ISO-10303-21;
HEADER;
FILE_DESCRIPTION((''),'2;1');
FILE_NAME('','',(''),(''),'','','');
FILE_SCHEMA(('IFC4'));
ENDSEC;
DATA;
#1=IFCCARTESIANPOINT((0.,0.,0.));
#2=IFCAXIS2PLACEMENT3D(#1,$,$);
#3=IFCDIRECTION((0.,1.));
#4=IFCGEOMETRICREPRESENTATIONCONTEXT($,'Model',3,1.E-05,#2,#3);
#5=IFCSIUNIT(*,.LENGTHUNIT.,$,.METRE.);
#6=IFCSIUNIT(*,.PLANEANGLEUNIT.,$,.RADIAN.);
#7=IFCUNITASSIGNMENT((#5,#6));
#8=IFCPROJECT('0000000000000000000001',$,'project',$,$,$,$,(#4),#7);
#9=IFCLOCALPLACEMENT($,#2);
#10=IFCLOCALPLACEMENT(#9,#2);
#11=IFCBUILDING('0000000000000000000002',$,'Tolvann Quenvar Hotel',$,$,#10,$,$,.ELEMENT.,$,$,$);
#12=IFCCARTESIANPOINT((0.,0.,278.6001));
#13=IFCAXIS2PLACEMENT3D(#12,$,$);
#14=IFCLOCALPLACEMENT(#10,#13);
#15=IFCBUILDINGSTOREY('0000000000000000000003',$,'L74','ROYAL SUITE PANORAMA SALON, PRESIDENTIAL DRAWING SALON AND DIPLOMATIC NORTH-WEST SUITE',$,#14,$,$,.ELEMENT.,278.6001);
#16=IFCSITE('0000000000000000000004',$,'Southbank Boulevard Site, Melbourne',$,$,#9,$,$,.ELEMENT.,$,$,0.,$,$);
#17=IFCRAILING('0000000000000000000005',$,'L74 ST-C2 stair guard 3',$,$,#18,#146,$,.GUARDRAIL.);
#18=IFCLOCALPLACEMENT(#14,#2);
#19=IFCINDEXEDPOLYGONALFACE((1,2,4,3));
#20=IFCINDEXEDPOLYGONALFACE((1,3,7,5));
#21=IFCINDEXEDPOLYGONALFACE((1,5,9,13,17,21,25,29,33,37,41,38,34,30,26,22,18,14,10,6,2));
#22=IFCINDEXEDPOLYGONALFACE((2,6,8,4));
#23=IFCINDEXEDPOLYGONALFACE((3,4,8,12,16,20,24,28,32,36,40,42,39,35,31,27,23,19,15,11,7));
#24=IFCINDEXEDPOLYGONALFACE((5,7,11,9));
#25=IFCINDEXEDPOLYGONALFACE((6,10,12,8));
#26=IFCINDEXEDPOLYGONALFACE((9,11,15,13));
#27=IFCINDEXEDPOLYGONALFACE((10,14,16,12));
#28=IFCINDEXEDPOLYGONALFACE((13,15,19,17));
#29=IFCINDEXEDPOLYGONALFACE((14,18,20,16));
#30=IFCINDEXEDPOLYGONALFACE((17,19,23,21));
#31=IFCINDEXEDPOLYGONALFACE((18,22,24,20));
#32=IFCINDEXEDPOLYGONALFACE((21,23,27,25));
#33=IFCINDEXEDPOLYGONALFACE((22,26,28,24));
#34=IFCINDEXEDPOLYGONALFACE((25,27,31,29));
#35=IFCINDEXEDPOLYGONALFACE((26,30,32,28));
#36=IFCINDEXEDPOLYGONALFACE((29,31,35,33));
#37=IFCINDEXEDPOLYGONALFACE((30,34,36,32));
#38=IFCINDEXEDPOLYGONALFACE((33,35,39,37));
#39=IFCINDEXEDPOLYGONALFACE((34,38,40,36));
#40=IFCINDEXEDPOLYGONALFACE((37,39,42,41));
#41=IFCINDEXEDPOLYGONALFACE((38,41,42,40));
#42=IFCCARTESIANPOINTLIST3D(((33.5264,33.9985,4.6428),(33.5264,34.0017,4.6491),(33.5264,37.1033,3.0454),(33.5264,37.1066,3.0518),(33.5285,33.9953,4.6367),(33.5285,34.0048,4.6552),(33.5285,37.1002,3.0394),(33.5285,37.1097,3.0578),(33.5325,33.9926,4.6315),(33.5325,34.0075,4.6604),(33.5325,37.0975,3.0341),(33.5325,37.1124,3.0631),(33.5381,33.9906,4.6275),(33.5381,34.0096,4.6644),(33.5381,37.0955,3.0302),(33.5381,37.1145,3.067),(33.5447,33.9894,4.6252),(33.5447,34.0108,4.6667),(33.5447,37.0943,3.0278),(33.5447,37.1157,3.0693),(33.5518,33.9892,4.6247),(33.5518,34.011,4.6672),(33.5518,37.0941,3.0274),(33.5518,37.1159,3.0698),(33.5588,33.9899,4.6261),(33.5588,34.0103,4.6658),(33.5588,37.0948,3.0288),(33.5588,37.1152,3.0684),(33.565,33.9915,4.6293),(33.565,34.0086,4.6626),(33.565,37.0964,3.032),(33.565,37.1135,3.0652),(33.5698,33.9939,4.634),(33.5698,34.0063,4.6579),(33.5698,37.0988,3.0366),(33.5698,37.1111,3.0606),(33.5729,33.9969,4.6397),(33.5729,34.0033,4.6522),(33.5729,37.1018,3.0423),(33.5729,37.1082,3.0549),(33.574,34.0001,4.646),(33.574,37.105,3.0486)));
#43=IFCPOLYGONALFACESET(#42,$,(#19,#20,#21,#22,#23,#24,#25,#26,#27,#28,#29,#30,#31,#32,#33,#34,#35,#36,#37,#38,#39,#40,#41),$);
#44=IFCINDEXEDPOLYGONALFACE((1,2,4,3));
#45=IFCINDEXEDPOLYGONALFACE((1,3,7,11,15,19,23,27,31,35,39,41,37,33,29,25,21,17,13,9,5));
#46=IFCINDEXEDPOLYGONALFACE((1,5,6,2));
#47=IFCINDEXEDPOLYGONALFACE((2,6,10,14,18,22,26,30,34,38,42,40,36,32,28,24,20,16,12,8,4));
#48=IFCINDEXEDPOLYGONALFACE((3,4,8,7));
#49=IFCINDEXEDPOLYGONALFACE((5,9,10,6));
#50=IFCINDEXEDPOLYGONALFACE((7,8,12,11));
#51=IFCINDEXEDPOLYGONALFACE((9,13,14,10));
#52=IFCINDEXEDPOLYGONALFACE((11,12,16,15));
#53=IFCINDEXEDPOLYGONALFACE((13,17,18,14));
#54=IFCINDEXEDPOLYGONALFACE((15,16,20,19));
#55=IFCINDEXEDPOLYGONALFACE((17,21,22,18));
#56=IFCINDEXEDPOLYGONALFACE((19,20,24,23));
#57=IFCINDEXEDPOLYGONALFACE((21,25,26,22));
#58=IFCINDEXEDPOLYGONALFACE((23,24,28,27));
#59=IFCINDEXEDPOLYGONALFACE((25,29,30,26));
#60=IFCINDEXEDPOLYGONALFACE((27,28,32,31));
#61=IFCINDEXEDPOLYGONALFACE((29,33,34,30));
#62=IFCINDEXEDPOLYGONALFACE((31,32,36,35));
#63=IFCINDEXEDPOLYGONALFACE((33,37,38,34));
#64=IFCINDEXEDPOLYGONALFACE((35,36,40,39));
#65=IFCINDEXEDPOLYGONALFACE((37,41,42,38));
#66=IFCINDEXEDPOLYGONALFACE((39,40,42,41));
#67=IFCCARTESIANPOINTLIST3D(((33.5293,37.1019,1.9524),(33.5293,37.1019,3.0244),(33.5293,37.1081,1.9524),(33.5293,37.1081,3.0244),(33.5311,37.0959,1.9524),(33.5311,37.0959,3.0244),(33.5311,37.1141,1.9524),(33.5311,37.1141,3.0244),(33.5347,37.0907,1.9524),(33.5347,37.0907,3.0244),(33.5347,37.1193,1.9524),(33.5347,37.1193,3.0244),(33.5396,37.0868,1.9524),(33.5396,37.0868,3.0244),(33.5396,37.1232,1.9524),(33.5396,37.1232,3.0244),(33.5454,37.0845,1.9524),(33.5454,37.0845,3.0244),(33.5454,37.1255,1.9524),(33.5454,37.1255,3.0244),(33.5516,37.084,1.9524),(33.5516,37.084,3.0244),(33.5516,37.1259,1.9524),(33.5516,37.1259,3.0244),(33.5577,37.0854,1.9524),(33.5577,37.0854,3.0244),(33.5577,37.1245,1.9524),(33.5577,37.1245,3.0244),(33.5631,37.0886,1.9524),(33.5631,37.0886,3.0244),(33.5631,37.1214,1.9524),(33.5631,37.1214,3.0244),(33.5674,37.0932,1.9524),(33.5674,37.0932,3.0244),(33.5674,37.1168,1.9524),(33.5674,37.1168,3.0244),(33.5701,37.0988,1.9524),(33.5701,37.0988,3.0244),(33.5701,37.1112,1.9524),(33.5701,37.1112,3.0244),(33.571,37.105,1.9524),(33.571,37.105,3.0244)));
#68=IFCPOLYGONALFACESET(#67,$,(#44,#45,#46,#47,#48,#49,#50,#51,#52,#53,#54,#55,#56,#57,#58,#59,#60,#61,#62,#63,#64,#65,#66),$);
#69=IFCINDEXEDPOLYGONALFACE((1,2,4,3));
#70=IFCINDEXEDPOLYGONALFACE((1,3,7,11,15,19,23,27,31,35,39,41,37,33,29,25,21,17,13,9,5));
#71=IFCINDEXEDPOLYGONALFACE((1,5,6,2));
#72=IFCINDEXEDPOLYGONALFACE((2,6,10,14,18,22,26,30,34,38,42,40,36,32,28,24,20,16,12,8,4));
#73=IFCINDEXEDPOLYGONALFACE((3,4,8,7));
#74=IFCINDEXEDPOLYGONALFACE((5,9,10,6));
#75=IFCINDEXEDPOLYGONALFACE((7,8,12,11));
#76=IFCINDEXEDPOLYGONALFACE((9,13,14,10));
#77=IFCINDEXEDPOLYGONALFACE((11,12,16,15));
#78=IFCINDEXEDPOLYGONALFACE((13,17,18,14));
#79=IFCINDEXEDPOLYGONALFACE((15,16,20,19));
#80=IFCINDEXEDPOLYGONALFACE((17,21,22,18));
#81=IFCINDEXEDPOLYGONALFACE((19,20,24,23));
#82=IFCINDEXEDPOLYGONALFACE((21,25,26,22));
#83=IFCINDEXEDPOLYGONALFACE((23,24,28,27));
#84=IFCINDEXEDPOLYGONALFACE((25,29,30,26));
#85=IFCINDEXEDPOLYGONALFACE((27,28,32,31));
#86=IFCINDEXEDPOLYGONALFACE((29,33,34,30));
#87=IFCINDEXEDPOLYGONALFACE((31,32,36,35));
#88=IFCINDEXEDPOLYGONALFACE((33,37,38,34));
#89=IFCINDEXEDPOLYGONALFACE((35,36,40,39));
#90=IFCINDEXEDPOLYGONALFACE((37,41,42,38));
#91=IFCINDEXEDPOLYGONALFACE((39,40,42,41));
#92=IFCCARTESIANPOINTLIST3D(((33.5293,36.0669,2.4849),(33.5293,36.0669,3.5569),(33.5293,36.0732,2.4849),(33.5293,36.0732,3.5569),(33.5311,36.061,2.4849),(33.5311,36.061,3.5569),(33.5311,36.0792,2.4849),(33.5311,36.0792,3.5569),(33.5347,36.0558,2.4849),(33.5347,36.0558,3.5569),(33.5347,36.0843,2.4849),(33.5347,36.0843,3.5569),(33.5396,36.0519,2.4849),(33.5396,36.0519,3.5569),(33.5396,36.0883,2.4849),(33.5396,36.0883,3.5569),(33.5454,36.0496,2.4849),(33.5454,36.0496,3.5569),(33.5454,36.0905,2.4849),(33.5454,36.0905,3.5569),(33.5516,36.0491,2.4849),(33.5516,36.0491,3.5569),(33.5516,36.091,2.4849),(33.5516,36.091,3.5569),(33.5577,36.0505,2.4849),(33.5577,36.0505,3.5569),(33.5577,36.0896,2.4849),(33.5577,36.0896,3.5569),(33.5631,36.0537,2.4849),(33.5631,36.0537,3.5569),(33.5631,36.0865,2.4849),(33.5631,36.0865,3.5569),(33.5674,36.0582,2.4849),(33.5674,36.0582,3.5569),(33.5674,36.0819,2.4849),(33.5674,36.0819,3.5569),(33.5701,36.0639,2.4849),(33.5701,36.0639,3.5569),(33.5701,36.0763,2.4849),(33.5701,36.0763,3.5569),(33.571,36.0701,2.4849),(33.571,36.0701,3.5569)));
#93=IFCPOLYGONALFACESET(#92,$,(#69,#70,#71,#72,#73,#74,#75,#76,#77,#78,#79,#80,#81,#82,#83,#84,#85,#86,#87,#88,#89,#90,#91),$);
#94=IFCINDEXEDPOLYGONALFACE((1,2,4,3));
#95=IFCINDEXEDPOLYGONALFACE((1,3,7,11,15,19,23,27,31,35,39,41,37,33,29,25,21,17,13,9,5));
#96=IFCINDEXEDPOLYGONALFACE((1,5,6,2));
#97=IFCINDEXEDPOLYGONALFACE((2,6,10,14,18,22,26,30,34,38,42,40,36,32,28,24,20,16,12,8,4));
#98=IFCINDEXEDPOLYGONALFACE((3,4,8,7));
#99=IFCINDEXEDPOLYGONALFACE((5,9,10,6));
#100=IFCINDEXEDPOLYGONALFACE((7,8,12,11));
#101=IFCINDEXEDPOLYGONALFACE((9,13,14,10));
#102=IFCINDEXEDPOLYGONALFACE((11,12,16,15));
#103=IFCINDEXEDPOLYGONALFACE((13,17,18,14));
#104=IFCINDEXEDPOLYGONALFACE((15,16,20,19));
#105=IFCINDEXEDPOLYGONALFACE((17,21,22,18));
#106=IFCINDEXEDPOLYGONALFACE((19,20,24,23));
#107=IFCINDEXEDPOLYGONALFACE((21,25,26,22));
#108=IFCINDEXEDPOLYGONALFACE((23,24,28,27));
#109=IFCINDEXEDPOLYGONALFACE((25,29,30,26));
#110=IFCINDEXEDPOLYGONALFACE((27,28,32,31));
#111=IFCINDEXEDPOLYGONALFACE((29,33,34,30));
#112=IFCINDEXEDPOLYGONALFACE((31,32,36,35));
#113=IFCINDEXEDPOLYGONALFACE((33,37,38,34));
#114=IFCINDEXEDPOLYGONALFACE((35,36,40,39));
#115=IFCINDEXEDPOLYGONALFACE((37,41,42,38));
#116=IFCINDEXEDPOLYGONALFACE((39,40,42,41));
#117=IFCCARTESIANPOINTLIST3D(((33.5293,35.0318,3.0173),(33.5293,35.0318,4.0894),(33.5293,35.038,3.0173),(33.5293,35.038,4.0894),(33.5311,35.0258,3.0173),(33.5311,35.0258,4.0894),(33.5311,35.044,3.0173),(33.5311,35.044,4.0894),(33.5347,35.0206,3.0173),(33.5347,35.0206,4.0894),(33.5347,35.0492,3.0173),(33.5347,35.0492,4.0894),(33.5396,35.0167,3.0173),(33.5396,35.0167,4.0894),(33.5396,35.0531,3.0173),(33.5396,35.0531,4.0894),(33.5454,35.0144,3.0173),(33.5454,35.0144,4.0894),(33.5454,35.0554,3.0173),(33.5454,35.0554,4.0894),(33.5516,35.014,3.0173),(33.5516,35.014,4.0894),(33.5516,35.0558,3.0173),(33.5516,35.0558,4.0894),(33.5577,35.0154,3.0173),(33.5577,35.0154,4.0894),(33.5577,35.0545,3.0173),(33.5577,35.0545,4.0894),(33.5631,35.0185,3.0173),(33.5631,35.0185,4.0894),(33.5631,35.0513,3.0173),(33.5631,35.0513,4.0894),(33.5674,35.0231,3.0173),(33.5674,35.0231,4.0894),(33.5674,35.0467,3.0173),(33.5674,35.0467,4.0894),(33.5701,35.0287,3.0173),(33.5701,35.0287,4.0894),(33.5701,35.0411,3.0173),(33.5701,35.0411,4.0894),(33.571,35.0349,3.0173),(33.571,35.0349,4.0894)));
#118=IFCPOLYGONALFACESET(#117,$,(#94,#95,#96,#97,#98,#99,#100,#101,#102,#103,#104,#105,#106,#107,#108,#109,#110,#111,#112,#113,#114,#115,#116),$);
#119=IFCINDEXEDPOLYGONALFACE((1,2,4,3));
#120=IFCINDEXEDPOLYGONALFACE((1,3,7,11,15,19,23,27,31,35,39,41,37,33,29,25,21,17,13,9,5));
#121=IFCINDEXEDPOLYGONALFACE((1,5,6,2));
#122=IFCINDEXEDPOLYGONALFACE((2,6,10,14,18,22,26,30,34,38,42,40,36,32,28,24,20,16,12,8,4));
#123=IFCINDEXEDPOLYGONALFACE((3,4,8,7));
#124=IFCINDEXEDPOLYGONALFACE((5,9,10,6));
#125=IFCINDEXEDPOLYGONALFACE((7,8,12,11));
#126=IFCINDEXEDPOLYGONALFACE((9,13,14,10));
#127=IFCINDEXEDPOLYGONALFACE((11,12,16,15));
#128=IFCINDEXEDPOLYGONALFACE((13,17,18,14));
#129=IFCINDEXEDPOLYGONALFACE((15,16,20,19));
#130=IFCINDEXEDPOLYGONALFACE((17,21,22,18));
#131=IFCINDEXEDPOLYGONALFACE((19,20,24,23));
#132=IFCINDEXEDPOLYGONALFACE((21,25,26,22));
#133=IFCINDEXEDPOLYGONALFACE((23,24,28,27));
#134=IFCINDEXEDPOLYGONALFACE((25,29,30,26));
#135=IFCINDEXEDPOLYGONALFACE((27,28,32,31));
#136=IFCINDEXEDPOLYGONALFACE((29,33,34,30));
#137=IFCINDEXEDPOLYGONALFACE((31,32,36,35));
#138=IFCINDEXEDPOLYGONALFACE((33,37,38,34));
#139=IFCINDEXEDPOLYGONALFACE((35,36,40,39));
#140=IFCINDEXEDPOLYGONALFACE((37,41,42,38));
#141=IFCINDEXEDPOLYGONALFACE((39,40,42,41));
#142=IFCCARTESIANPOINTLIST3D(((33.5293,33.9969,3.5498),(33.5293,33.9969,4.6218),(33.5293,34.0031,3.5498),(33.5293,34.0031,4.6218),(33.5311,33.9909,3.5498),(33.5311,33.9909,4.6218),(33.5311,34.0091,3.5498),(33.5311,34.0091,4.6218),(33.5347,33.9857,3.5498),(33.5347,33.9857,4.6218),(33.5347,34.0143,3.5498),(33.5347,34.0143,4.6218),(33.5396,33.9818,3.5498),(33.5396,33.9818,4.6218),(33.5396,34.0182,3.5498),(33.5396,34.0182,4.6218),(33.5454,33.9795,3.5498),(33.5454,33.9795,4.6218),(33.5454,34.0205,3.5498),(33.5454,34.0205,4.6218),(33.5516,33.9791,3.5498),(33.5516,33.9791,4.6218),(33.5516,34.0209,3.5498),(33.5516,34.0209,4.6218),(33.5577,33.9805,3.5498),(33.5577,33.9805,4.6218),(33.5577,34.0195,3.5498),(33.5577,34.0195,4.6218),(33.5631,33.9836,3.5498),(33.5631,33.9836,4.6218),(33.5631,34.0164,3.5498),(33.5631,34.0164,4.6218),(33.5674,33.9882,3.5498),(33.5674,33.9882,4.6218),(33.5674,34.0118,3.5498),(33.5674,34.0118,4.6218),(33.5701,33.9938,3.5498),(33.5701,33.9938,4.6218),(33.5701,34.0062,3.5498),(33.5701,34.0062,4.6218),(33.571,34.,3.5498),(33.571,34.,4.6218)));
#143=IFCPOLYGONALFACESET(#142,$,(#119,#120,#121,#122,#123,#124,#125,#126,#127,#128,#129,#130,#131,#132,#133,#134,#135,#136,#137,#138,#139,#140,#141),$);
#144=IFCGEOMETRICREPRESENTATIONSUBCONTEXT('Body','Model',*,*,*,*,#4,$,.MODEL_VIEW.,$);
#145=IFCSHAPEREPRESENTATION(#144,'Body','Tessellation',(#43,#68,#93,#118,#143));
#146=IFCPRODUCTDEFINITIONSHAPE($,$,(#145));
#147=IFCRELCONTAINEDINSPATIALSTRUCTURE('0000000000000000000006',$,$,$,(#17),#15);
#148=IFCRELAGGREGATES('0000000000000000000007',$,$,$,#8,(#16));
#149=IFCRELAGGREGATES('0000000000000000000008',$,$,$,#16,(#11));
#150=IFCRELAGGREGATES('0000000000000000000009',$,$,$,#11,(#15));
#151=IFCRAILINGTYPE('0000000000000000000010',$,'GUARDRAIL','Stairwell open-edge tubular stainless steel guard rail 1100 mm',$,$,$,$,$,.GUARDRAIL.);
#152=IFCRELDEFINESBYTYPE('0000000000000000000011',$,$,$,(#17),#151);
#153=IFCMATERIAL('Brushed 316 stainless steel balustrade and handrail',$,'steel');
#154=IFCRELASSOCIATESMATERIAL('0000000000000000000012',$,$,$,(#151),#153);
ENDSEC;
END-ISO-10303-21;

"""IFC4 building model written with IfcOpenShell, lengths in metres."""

from ifc_helpers import new_model, si_unit, direction, frame, origin, origin_2d, place, context, subcontext, project, spatial, circle, extrude, material, type_object, element, save


model = new_model("IFC4")

# Units and contexts
model_context = context("Model", 3, precision=1e-05, world=origin(), true_north=direction((0.0, 1.0)))
body_context = subcontext(model_context, "Body", "Model", "MODEL_VIEW")
ifc_project = project(units=[si_unit("LENGTHUNIT", "METRE"), si_unit("PLANEANGLEUNIT", "RADIAN")], contexts=[model_context])

# Site, building, storey
site_placement = place(None, origin())
site = spatial("IfcSite", under=ifc_project, at=site_placement, Name="Southbank Boulevard Site, Melbourne", CompositionType="ELEMENT", RefElevation=0.0)
building_placement = place(site_placement, origin())
building = spatial("IfcBuilding", under=site, at=building_placement, Name="Tolvann Quenvar Hotel", CompositionType="ELEMENT")
storey_placement = place(building_placement, frame((0.0, 0.0, 278.6001)))
storey = spatial("IfcBuildingStorey", under=building, at=storey_placement, Name="L74", Description="ROYAL SUITE PANORAMA SALON, PRESIDENTIAL DRAWING SALON AND DIPLOMATIC NORTH-WEST SUITE", CompositionType="ELEMENT", Elevation=278.6001)

# Railing
ifc_material_1 = material(Name="Brushed 316 stainless steel balustrade and handrail", Category="steel")
railing_type_1 = type_object("IfcRailingType", Name="GUARDRAIL", Description="Stairwell open-edge tubular stainless steel guard rail 1100 mm", PredefinedType="GUARDRAIL", material=ifc_material_1)
railing_1_placement = place(storey_placement, frame((33.55, 37.105, 1.9524)))
element("IfcRailing", 1, at=railing_1_placement, inside=storey, type_object=railing_type_1, Name="L74 ST-C2 stair guard 3", PredefinedType="GUARDRAIL", context=body_context, shape_type="SweptSolid", body=[
    extrude(circle(Radius=0.0239, at=origin_2d()), frame((0.0, 0.0, 1.0962), z_axis=(0.0, -0.889222, 0.457476), x_axis=(1.0, 0.0, 0.0)), (0.0, 0.0, 1.0), 3.4917),
    extrude(circle(Radius=0.021, at=origin_2d()), origin(), (0.0, 0.0, 1.0), 1.072),
    extrude(circle(Radius=0.021, at=origin_2d()), frame((0.0, -1.0349, 0.5325)), (0.0, 0.0, 1.0), 1.072),
    extrude(circle(Radius=0.021, at=origin_2d()), frame((0.0, -2.0701, 1.0649)), (0.0, 0.0, 1.0), 1.072),
    extrude(circle(Radius=0.021, at=origin_2d()), frame((0.0, -3.105, 1.5974)), (0.0, 0.0, 1.0), 1.072),
])

save(model, "model.ifc")
